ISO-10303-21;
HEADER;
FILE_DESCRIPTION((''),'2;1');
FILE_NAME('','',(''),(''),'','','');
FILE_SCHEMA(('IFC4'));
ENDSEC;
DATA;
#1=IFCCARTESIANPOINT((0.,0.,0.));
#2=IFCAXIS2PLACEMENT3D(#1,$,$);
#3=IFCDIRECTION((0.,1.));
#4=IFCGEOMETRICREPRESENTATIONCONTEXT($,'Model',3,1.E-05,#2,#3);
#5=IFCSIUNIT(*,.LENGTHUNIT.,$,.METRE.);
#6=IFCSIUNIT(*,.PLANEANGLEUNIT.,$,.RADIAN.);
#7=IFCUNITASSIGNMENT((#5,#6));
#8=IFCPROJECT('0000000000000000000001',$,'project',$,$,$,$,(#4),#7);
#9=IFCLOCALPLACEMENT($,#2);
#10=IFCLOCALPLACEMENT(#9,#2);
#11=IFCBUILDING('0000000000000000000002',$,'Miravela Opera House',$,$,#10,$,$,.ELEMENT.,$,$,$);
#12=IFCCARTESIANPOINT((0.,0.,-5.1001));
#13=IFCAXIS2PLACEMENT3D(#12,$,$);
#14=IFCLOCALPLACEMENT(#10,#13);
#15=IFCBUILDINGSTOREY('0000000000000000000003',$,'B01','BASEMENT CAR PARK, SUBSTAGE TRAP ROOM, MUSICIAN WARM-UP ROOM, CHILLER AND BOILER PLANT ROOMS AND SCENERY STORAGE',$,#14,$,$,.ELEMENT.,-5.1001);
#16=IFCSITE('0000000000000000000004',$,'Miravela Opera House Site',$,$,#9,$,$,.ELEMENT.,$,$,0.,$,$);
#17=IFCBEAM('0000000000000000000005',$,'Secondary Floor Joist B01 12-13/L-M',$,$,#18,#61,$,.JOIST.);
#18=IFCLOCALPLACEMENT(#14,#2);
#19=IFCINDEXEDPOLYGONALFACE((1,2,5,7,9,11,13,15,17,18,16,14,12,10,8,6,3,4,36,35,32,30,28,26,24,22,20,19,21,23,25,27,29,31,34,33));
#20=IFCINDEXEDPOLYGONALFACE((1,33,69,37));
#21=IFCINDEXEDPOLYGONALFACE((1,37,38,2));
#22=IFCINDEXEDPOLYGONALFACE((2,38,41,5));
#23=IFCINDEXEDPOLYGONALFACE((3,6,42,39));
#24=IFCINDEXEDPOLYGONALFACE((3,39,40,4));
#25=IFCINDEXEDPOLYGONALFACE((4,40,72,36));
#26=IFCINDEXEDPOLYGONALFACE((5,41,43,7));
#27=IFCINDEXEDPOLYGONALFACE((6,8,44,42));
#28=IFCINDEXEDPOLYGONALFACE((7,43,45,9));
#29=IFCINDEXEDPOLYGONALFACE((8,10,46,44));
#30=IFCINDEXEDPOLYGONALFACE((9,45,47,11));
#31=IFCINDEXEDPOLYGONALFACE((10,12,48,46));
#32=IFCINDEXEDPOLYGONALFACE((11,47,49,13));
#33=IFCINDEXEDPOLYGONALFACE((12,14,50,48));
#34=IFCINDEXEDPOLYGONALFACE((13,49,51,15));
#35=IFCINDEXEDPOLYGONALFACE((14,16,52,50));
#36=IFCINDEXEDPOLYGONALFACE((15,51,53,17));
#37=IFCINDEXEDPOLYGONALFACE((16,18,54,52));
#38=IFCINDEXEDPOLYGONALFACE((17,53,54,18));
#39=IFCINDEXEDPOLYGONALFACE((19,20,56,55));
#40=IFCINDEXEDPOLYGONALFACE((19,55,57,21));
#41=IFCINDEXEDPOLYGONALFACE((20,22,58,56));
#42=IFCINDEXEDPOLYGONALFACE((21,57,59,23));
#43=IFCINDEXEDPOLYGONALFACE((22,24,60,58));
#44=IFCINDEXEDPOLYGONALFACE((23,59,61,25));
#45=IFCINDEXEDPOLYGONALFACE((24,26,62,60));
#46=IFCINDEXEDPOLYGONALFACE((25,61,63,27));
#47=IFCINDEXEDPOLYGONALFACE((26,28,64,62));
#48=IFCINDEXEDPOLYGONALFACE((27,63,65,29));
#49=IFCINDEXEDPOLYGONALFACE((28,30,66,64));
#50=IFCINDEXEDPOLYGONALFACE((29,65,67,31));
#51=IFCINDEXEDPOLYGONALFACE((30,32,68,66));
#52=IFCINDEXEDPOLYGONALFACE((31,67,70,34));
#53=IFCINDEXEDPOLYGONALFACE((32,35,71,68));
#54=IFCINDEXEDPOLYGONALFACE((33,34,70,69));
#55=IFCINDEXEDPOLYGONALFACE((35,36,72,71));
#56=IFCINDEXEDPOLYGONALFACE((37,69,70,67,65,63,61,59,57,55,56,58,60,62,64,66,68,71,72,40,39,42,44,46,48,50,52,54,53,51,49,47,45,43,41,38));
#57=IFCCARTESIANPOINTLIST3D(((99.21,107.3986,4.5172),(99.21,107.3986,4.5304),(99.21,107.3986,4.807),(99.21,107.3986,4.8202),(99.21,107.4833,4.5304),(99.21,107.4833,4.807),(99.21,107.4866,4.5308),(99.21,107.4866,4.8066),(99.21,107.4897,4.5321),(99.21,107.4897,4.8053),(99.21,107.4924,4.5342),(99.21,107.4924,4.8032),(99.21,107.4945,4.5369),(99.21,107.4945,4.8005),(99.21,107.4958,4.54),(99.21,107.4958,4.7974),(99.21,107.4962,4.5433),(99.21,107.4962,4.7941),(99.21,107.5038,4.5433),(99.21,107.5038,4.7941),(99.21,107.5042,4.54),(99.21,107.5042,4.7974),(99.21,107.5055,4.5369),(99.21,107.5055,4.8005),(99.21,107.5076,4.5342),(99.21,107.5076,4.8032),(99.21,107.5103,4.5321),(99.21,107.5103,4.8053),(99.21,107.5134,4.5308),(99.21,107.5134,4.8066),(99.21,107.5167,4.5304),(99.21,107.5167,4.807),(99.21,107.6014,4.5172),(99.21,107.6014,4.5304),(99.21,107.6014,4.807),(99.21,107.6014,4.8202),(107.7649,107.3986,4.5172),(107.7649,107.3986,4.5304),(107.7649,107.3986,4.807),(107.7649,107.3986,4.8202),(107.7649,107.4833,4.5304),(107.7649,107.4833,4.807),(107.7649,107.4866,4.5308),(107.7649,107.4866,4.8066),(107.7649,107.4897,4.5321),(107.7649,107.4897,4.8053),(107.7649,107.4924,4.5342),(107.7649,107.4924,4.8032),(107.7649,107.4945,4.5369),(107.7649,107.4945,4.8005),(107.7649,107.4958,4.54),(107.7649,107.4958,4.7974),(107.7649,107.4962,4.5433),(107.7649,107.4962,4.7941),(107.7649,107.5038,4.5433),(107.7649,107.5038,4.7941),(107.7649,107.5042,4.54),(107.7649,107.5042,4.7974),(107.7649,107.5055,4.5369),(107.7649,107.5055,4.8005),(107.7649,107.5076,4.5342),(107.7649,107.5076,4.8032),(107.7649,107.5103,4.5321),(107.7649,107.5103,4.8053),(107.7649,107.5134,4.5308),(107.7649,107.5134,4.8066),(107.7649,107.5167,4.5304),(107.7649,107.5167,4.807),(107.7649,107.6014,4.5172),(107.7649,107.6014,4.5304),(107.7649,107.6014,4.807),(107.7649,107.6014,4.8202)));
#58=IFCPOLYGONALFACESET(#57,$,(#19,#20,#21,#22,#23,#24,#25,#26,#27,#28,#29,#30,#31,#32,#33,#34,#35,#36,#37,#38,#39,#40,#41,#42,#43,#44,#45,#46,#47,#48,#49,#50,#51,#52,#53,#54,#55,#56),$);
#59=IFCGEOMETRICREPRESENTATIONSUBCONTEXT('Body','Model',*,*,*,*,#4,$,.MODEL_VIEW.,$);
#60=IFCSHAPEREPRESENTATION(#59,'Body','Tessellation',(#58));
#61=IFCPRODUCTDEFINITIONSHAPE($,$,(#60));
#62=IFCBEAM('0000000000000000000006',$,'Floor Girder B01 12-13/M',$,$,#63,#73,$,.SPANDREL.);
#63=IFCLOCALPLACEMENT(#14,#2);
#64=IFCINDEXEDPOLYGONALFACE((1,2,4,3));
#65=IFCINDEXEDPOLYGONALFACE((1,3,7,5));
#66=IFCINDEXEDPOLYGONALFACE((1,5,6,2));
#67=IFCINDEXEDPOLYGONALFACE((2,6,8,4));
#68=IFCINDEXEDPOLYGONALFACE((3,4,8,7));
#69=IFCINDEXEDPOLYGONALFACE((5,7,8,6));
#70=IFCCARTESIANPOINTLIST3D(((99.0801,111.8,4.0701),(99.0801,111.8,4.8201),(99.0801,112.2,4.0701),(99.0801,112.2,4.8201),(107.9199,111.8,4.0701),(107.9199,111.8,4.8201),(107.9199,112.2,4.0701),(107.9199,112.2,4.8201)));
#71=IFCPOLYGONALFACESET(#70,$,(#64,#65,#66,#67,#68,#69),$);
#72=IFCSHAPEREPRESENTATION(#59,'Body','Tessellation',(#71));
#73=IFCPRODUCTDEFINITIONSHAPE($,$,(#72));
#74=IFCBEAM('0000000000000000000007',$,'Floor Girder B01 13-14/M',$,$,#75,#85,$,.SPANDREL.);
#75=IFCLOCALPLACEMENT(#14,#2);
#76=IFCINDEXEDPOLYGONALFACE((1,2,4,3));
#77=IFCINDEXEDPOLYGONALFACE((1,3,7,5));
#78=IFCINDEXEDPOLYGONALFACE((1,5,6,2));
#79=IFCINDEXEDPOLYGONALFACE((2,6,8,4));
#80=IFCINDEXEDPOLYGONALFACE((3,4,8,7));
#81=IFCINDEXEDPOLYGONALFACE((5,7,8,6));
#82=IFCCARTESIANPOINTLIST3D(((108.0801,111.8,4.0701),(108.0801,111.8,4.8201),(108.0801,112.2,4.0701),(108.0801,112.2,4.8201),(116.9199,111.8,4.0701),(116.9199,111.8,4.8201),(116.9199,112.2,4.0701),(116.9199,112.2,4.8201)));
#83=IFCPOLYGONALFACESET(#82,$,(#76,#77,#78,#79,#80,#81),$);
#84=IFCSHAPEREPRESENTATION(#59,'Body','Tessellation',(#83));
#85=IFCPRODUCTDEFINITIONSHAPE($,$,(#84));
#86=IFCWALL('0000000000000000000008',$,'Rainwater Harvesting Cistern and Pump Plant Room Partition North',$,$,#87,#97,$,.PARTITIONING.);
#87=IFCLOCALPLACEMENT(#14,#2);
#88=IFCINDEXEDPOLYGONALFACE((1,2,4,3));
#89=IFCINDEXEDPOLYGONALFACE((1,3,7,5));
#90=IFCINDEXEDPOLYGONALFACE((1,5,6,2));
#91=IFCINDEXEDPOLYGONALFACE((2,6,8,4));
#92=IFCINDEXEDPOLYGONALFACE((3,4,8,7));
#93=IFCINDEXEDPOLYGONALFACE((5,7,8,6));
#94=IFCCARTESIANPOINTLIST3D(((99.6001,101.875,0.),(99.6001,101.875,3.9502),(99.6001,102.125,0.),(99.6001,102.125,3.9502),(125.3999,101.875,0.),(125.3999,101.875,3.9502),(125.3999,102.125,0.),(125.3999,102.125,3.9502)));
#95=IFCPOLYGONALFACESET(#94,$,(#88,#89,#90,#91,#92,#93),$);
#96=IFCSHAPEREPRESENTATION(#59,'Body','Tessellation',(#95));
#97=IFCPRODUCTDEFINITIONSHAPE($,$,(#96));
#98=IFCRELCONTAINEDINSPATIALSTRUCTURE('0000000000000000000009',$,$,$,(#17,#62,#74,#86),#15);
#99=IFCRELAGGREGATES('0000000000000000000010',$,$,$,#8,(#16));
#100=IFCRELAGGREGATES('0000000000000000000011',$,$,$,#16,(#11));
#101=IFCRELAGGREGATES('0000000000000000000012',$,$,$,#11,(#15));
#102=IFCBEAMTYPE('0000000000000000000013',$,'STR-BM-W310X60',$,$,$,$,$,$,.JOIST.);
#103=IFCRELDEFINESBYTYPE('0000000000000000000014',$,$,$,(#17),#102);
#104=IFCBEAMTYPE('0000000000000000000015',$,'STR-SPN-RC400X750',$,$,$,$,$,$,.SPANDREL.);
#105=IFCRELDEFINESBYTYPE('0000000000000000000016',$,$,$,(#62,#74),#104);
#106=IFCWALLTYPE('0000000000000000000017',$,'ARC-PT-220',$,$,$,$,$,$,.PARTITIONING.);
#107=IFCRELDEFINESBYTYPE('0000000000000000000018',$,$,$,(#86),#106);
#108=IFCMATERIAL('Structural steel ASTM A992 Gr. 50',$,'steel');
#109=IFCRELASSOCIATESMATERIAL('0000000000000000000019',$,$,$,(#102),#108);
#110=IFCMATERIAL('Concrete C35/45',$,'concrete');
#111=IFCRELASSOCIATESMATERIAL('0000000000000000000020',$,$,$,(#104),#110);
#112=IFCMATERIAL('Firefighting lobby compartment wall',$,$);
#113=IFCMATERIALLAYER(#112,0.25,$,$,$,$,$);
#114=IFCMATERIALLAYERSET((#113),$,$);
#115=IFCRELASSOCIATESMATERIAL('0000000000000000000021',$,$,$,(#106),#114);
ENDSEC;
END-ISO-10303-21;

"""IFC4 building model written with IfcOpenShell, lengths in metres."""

from ifc_helpers import new_model, si_unit, direction, frame, frame_2d, origin, origin_2d, place, context, subcontext, project, spatial, rectangle, i_section, extrude, material, layer, layer_set, material_profile, profile_set, type_object, element, save


model = new_model("IFC4")

# Units and contexts
model_context = context("Model", 3, precision=1e-05, world=origin(), true_north=direction((0.0, 1.0)))
body_context = subcontext(model_context, "Body", "Model", "MODEL_VIEW")
ifc_project = project(units=[si_unit("LENGTHUNIT", "METRE"), si_unit("PLANEANGLEUNIT", "RADIAN")], contexts=[model_context])

# Site, building, storey
site_placement = place(None, origin())
site = spatial("IfcSite", under=ifc_project, at=site_placement, Name="Miravela Opera House Site", CompositionType="ELEMENT", RefElevation=0.0)
building_placement = place(site_placement, origin())
building = spatial("IfcBuilding", under=site, at=building_placement, Name="Miravela Opera House", CompositionType="ELEMENT")
storey_placement = place(building_placement, frame((0.0, 0.0, -5.1001)))
storey = spatial("IfcBuildingStorey", under=building, at=storey_placement, Name="B01", Description="BASEMENT CAR PARK, SUBSTAGE TRAP ROOM, MUSICIAN WARM-UP ROOM, CHILLER AND BOILER PLANT ROOMS AND SCENERY STORAGE", CompositionType="ELEMENT", Elevation=-5.1001)

# Shared definitions
ifc_material_1 = material(Name="Concrete C35/45", Category="concrete")

# Beams
ifc_material_2 = material(Name="Structural steel ASTM A992 Gr. 50", Category="steel")
ifc_material_profile_1 = material_profile(ifc_material_2, i_section(OverallWidth=0.2029, OverallDepth=0.303, WebThickness=0.0076, FlangeThickness=0.0132, FilletRadius=0.0129, at=origin_2d()), Name="W310X60")
ifc_profile_set_1 = profile_set([ifc_material_profile_1])
beam_type_1 = type_object("IfcBeamType", Name="STR-BM-W310X60", PredefinedType="JOIST", material=ifc_profile_set_1)
beam_1_placement = place(storey_placement, frame((99.21, 107.5, 4.6687), z_axis=(1.0, 0.0, 0.0), x_axis=(0.0, 1.0, 0.0)))
element("IfcBeam", 1, at=beam_1_placement, inside=storey, type_object=beam_type_1, Name="Secondary Floor Joist B01 12-13/L-M", PredefinedType="JOIST", context=body_context, shape_type="SweptSolid", body=[
    extrude(i_section(OverallWidth=0.2029, OverallDepth=0.303, WebThickness=0.0076, FlangeThickness=0.0132, FilletRadius=0.0129, at=origin_2d()), origin(), (0.0, 0.0, 1.0), 8.5549),
])
ifc_material_profile_2 = material_profile(ifc_material_1, rectangle(XDim=0.3999, YDim=0.75, at=origin_2d()), Name="RC-SPN-400X750")
ifc_profile_set_2 = profile_set([ifc_material_profile_2])
beam_type_2 = type_object("IfcBeamType", Name="STR-SPN-RC400X750", PredefinedType="SPANDREL", material=ifc_profile_set_2)
for number, where, z_axis, x_axis, name in (
    (2, (99.0801, 112.0, 4.4451), (1.0, 0.0, 0.0), (0.0, 1.0, 0.0), "Floor Girder B01 12-13/M"),
    (3, (108.0801, 112.0, 4.4451), (1.0, 0.0, 0.0), (0.0, 1.0, 0.0), "Floor Girder B01 13-14/M"),
):
    element("IfcBeam", number, at=place(storey_placement, frame(where, z_axis=z_axis, x_axis=x_axis)), inside=storey, type_object=beam_type_2, Name=name, PredefinedType="SPANDREL", context=body_context, shape_type="SweptSolid", body=[
        extrude(rectangle(XDim=0.3999, YDim=0.75, at=origin_2d()), origin(), (0.0, 0.0, 1.0), 8.8398),
    ])

# Wall
ifc_material_3 = material(Name="Firefighting lobby compartment wall")
ifc_layer = layer(ifc_material_3, 0.25)
ifc_layer_set = layer_set([ifc_layer])
wall_type = type_object("IfcWallType", Name="ARC-PT-220", PredefinedType="PARTITIONING", material=ifc_layer_set)
wall_placement = place(storey_placement, frame((99.6001, 102.0, 0.0), z_axis=(0.0, 0.0, 1.0), x_axis=(1.0, 0.0, 0.0)))
element("IfcWall", 4, at=wall_placement, inside=storey, type_object=wall_type, Name="Rainwater Harvesting Cistern and Pump Plant Room Partition North", PredefinedType="PARTITIONING", context=body_context, shape_type="SweptSolid", body=[
    extrude(rectangle(XDim=25.7998, YDim=0.25, at=frame_2d((12.8999, 0.0))), origin(), (0.0, 0.0, 1.0), 3.9502),
])

save(model, "model.ifc")
